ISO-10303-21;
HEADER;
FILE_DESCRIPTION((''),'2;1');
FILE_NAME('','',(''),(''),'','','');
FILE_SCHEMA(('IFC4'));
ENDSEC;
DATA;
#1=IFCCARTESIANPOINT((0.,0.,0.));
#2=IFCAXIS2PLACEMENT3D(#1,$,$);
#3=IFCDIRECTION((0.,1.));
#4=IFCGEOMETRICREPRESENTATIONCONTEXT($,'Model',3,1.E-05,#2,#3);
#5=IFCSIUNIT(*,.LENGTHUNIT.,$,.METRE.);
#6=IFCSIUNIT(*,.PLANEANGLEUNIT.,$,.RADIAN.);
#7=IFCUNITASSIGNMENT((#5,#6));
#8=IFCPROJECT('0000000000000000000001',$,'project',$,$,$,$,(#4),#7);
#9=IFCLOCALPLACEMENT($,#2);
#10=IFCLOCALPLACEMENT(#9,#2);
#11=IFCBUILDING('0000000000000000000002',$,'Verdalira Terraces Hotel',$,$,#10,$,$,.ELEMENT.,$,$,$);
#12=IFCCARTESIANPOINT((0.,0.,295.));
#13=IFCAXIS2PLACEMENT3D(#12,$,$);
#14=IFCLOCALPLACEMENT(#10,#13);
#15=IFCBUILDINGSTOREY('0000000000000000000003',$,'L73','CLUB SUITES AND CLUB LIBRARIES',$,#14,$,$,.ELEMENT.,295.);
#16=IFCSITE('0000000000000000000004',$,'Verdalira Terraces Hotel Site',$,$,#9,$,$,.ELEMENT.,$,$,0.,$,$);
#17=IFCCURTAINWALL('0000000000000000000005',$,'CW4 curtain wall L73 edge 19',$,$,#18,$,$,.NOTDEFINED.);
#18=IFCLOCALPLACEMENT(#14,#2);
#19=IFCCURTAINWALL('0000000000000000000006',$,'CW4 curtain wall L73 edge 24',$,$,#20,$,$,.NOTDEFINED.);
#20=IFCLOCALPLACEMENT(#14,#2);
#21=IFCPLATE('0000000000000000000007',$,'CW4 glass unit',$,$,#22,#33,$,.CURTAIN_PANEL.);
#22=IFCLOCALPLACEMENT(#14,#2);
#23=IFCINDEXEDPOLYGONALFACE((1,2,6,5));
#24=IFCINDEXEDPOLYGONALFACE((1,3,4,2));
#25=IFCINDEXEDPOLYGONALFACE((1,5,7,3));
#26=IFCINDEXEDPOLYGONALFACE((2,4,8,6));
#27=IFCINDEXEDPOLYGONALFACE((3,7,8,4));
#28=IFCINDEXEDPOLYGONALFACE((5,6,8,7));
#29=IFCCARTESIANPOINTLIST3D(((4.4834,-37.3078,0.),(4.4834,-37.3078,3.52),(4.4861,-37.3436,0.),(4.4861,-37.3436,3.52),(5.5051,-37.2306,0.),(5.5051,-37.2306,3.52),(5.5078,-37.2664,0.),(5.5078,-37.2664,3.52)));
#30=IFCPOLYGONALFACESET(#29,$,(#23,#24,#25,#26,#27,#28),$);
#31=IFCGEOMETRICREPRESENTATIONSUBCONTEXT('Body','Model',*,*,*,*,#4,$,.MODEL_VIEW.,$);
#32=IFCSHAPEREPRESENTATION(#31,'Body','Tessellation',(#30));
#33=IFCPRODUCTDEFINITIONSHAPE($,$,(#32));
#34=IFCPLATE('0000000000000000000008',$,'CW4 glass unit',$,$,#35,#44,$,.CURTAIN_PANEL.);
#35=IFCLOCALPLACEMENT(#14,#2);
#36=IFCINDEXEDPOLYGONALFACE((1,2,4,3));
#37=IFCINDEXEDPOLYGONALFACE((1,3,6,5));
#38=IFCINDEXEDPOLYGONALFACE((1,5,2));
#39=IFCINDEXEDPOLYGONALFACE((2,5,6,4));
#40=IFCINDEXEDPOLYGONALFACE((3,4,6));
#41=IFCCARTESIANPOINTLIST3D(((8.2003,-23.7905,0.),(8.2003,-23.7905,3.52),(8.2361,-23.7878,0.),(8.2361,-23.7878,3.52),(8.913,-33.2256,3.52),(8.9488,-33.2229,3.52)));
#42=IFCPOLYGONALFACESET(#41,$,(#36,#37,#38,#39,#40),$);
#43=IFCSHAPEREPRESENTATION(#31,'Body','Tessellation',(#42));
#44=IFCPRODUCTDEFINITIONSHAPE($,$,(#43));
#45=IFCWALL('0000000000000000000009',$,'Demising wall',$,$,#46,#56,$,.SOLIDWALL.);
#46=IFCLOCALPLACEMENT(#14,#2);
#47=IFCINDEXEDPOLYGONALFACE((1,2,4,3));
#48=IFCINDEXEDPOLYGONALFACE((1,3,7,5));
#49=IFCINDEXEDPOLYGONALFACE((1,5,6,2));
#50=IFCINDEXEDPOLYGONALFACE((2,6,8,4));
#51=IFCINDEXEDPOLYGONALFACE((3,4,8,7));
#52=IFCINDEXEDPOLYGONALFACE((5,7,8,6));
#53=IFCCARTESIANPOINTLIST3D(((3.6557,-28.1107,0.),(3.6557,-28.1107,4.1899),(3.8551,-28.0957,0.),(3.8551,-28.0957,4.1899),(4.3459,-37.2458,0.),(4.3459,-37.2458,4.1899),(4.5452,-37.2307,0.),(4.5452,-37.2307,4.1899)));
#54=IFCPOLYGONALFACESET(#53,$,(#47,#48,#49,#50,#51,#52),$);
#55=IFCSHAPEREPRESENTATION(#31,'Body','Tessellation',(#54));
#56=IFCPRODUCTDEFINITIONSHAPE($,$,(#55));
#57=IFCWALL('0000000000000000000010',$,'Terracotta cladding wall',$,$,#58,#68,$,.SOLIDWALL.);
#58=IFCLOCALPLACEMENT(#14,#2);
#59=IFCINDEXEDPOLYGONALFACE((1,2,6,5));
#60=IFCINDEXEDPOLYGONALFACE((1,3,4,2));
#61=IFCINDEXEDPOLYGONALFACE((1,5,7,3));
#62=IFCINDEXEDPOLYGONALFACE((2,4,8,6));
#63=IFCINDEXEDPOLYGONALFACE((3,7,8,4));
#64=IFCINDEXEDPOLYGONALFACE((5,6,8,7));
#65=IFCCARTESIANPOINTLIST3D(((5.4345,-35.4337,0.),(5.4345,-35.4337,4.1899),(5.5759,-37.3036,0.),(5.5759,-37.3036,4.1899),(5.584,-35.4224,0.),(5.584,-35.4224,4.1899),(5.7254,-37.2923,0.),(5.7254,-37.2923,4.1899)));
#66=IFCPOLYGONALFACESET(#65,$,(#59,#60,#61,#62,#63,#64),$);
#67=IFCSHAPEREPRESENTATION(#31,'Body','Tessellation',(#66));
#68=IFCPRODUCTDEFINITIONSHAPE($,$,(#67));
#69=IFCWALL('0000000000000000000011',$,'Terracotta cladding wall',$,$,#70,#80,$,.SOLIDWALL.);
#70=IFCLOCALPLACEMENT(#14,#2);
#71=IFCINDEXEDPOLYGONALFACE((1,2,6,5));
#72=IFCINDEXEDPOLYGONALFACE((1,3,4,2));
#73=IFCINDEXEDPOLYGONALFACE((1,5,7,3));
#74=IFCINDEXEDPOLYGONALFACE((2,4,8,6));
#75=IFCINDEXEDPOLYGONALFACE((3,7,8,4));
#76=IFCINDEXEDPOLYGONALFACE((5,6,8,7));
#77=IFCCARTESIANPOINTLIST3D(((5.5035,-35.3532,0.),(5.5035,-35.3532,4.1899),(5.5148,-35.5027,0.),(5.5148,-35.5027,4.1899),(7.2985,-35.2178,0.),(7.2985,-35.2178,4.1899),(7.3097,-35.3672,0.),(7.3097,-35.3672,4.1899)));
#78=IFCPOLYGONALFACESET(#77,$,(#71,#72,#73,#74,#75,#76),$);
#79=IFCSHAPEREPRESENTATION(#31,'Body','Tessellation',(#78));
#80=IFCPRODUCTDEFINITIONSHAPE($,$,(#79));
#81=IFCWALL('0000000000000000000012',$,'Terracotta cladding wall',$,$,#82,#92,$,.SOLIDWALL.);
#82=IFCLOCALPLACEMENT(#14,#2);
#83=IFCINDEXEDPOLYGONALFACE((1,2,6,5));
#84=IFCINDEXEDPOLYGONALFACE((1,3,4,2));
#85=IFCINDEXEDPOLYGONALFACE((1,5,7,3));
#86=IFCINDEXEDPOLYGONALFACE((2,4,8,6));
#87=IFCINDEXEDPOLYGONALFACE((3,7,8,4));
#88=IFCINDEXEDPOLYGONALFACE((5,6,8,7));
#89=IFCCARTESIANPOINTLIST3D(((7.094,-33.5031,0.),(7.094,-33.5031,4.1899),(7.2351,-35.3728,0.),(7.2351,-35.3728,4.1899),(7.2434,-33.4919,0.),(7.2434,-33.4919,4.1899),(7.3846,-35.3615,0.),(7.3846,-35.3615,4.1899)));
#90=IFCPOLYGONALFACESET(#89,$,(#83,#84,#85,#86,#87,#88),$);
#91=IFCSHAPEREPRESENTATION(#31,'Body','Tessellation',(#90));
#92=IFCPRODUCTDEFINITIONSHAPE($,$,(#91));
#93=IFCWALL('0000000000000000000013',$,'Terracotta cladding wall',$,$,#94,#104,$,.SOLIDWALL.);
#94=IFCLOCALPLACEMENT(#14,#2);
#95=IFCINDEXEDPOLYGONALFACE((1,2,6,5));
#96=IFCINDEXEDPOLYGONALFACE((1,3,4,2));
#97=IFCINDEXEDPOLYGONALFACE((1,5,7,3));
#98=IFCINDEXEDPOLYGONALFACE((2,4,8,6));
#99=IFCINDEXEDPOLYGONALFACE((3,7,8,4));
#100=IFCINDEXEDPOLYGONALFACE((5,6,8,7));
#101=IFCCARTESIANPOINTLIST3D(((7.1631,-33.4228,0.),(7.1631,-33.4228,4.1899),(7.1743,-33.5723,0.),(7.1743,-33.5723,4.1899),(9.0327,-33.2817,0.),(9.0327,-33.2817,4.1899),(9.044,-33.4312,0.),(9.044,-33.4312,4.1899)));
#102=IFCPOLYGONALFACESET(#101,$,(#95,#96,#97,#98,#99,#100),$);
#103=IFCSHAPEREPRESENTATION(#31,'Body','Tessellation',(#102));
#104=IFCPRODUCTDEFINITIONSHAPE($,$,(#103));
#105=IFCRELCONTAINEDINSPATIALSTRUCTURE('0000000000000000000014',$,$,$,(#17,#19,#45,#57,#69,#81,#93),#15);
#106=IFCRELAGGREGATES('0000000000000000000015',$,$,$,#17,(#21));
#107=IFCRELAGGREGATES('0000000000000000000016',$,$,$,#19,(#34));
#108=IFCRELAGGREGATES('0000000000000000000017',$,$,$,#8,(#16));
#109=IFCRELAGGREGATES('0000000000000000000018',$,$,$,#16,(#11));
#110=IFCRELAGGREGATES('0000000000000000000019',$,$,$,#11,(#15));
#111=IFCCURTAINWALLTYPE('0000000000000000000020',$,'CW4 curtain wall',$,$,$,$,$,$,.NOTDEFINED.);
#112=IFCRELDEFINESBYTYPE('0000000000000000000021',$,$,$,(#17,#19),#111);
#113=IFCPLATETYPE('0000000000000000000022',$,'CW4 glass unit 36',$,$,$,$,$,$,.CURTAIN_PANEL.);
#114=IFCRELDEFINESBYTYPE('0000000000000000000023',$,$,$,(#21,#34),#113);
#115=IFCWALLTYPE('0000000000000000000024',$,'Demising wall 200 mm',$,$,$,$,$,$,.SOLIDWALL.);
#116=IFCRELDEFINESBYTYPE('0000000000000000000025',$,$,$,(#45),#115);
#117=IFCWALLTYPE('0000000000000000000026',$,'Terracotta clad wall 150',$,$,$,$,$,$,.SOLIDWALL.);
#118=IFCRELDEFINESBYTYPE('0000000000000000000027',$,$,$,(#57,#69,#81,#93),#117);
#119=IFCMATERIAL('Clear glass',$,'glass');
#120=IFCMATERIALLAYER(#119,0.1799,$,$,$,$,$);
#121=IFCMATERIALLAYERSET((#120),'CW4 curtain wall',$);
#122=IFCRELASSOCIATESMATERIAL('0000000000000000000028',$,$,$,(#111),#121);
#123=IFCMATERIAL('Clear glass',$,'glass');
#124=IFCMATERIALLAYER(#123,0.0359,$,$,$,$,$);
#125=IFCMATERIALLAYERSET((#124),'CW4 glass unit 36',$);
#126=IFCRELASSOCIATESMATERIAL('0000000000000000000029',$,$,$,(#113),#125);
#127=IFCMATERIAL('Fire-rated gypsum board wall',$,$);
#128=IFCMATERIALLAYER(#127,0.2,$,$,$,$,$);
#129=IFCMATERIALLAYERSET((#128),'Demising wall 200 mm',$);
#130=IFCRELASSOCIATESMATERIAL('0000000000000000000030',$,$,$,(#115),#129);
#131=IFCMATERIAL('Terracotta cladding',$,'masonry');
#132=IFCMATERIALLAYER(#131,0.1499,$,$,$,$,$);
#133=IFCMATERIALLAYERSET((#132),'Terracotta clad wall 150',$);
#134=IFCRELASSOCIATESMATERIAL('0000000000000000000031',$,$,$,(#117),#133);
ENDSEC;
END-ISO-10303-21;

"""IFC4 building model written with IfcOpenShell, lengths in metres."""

from ifc_helpers import new_model, si_unit, direction, frame, frame_2d, origin, origin_2d, place, context, subcontext, project, spatial, polyline, rectangle, outline, extrude, material, layer, layer_set, type_object, element, aggregate, save


model = new_model("IFC4")

# Units and contexts
model_context = context("Model", 3, precision=1e-05, world=origin(), true_north=direction((0.0, 1.0)))
body_context = subcontext(model_context, "Body", "Model", "MODEL_VIEW")
ifc_project = project(units=[si_unit("LENGTHUNIT", "METRE"), si_unit("PLANEANGLEUNIT", "RADIAN")], contexts=[model_context])

# Site, building, storey
site_placement = place(None, origin())
site = spatial("IfcSite", under=ifc_project, at=site_placement, Name="Verdalira Terraces Hotel Site", CompositionType="ELEMENT", RefElevation=0.0)
building_placement = place(site_placement, origin())
building = spatial("IfcBuilding", under=site, at=building_placement, Name="Verdalira Terraces Hotel", CompositionType="ELEMENT")
storey_placement = place(building_placement, frame((0.0, 0.0, 295.0)))
storey = spatial("IfcBuildingStorey", under=building, at=storey_placement, Name="L73", Description="CLUB SUITES AND CLUB LIBRARIES", CompositionType="ELEMENT", Elevation=295.0)

# Curtain walls
ifc_material_1 = material(Name="Clear glass", Category="glass")
ifc_layer_1 = layer(ifc_material_1, 0.1799)
ifc_layer_set_1 = layer_set([ifc_layer_1], Name="CW4 curtain wall")
curtain_wall_type = type_object("IfcCurtainWallType", Name="CW4 curtain wall", PredefinedType="NOTDEFINED", material=ifc_layer_set_1)
curtain_wall_1_placement = place(storey_placement, origin())
curtain_wall_1 = element("IfcCurtainWall", 1, at=curtain_wall_1_placement, inside=storey, type_object=curtain_wall_type, Name="CW4 curtain wall L73 edge 19", PredefinedType="NOTDEFINED")
curtain_wall_2_placement = place(storey_placement, origin())
curtain_wall_2 = element("IfcCurtainWall", 2, at=curtain_wall_2_placement, inside=storey, type_object=curtain_wall_type, Name="CW4 curtain wall L73 edge 24", PredefinedType="NOTDEFINED")

# Plates
ifc_material_2 = material(Name="Clear glass", Category="glass")
ifc_layer_2 = layer(ifc_material_2, 0.0359)
ifc_layer_set_2 = layer_set([ifc_layer_2], Name="CW4 glass unit 36")
plate_type = type_object("IfcPlateType", Name="CW4 glass unit 36", PredefinedType="CURTAIN_PANEL", material=ifc_layer_set_2)
plate_1_placement = place(storey_placement, frame((4.9956, -37.2871, 0.0), z_axis=(0.0, 0.0, 1.0), x_axis=(0.997159, 0.075327, 0.0)))
plate_1 = element("IfcPlate", 3, at=plate_1_placement, type_object=plate_type, Name="CW4 glass unit", PredefinedType="CURTAIN_PANEL", context=body_context, shape_type="SweptSolid", body=[
    extrude(rectangle(XDim=1.0247, YDim=0.0359, at=origin_2d()), origin(), (0.0, 0.0, 1.0), 3.52),
])
aggregate(curtain_wall_1, [plate_1])
plate_2_placement = place(storey_placement, frame((8.5566, -28.5081, 1.76), z_axis=(0.997159, 0.075327, 0.0), x_axis=(-0.075327, 0.997159, 0.0)))
plate_2 = element("IfcPlate", 4, at=plate_2_placement, type_object=plate_type, Name="CW4 glass unit", PredefinedType="CURTAIN_PANEL", context=body_context, shape_type="SweptSolid", body=[
    extrude(outline(polyline([(4.731, -1.76), (4.731, 1.76), (-4.731, 1.76), (4.731, -1.76)])), origin(), (0.0, 0.0, 1.0), 0.0359),
])
aggregate(curtain_wall_2, [plate_2])

# Walls
ifc_material_3 = material(Name="Fire-rated gypsum board wall")
ifc_layer_3 = layer(ifc_material_3, 0.2)
ifc_layer_set_3 = layer_set([ifc_layer_3], Name="Demising wall 200 mm")
wall_type_1 = type_object("IfcWallType", Name="Demising wall 200 mm", PredefinedType="SOLIDWALL", material=ifc_layer_set_3)
wall_1_placement = place(storey_placement, frame((4.4456, -37.2383, 0.0), z_axis=(0.0, 0.0, 1.0), x_axis=(-0.075339, 0.997158, 0.0)))
element("IfcWall", 5, at=wall_1_placement, inside=storey, type_object=wall_type_1, Name="Demising wall", PredefinedType="SOLIDWALL", context=body_context, shape_type="SweptSolid", body=[
    extrude(rectangle(XDim=9.1611, YDim=0.2, at=frame_2d((4.5806, 0.0))), origin(), (0.0, 0.0, 1.0), 4.1899),
])
ifc_material_4 = material(Name="Terracotta cladding", Category="masonry")
ifc_layer_4 = layer(ifc_material_4, 0.1499)
ifc_layer_set_4 = layer_set([ifc_layer_4], Name="Terracotta clad wall 150")
wall_type_2 = type_object("IfcWallType", Name="Terracotta clad wall 150", PredefinedType="SOLIDWALL", material=ifc_layer_set_4)
wall_2_placement = place(storey_placement, frame((5.6506, -37.2979, 0.0), z_axis=(0.0, 0.0, 1.0), x_axis=(-0.075382, 0.997155, 0.0)))
element("IfcWall", 6, at=wall_2_placement, inside=storey, type_object=wall_type_2, Name="Terracotta cladding wall", PredefinedType="SOLIDWALL", context=body_context, shape_type="SweptSolid", body=[
    extrude(rectangle(XDim=1.8752, YDim=0.1499, at=frame_2d((0.9375, 0.0))), origin(), (0.0, 0.0, 1.0), 4.1899),
])
wall_3_placement = place(storey_placement, frame((5.5093, -35.428, 0.0), z_axis=(0.0, 0.0, 1.0), x_axis=(0.997163, 0.075275, 0.0)))
element("IfcWall", 7, at=wall_3_placement, inside=storey, type_object=wall_type_2, Name="Terracotta cladding wall", PredefinedType="SOLIDWALL", context=body_context, shape_type="SweptSolid", body=[
    extrude(rectangle(XDim=1.8, YDim=0.1499, at=frame_2d((0.8999, 0.0))), origin(), (0.0, 0.0, 1.0), 4.1899),
])
for number, where, z_axis, x_axis, name in (
    (8, (7.3098, -35.3672, 0.0), (0.0, 0.0, 1.0), (-0.075263, 0.997164, 0.0), "Terracotta cladding wall"),
    (9, (7.1687, -33.4976, 0.0), (0.0, 0.0, 1.0), (0.997164, 0.075263, 0.0), "Terracotta cladding wall"),
):
    element("IfcWall", number, at=place(storey_placement, frame(where, z_axis=z_axis, x_axis=x_axis)), inside=storey, type_object=wall_type_2, Name=name, PredefinedType="SOLIDWALL", context=body_context, shape_type="SweptSolid", body=[
        extrude(rectangle(XDim=1.875, YDim=0.1499, at=frame_2d((0.9375, 0.0))), origin(), (0.0, 0.0, 1.0), 4.1899),
    ])

save(model, "model.ifc")
